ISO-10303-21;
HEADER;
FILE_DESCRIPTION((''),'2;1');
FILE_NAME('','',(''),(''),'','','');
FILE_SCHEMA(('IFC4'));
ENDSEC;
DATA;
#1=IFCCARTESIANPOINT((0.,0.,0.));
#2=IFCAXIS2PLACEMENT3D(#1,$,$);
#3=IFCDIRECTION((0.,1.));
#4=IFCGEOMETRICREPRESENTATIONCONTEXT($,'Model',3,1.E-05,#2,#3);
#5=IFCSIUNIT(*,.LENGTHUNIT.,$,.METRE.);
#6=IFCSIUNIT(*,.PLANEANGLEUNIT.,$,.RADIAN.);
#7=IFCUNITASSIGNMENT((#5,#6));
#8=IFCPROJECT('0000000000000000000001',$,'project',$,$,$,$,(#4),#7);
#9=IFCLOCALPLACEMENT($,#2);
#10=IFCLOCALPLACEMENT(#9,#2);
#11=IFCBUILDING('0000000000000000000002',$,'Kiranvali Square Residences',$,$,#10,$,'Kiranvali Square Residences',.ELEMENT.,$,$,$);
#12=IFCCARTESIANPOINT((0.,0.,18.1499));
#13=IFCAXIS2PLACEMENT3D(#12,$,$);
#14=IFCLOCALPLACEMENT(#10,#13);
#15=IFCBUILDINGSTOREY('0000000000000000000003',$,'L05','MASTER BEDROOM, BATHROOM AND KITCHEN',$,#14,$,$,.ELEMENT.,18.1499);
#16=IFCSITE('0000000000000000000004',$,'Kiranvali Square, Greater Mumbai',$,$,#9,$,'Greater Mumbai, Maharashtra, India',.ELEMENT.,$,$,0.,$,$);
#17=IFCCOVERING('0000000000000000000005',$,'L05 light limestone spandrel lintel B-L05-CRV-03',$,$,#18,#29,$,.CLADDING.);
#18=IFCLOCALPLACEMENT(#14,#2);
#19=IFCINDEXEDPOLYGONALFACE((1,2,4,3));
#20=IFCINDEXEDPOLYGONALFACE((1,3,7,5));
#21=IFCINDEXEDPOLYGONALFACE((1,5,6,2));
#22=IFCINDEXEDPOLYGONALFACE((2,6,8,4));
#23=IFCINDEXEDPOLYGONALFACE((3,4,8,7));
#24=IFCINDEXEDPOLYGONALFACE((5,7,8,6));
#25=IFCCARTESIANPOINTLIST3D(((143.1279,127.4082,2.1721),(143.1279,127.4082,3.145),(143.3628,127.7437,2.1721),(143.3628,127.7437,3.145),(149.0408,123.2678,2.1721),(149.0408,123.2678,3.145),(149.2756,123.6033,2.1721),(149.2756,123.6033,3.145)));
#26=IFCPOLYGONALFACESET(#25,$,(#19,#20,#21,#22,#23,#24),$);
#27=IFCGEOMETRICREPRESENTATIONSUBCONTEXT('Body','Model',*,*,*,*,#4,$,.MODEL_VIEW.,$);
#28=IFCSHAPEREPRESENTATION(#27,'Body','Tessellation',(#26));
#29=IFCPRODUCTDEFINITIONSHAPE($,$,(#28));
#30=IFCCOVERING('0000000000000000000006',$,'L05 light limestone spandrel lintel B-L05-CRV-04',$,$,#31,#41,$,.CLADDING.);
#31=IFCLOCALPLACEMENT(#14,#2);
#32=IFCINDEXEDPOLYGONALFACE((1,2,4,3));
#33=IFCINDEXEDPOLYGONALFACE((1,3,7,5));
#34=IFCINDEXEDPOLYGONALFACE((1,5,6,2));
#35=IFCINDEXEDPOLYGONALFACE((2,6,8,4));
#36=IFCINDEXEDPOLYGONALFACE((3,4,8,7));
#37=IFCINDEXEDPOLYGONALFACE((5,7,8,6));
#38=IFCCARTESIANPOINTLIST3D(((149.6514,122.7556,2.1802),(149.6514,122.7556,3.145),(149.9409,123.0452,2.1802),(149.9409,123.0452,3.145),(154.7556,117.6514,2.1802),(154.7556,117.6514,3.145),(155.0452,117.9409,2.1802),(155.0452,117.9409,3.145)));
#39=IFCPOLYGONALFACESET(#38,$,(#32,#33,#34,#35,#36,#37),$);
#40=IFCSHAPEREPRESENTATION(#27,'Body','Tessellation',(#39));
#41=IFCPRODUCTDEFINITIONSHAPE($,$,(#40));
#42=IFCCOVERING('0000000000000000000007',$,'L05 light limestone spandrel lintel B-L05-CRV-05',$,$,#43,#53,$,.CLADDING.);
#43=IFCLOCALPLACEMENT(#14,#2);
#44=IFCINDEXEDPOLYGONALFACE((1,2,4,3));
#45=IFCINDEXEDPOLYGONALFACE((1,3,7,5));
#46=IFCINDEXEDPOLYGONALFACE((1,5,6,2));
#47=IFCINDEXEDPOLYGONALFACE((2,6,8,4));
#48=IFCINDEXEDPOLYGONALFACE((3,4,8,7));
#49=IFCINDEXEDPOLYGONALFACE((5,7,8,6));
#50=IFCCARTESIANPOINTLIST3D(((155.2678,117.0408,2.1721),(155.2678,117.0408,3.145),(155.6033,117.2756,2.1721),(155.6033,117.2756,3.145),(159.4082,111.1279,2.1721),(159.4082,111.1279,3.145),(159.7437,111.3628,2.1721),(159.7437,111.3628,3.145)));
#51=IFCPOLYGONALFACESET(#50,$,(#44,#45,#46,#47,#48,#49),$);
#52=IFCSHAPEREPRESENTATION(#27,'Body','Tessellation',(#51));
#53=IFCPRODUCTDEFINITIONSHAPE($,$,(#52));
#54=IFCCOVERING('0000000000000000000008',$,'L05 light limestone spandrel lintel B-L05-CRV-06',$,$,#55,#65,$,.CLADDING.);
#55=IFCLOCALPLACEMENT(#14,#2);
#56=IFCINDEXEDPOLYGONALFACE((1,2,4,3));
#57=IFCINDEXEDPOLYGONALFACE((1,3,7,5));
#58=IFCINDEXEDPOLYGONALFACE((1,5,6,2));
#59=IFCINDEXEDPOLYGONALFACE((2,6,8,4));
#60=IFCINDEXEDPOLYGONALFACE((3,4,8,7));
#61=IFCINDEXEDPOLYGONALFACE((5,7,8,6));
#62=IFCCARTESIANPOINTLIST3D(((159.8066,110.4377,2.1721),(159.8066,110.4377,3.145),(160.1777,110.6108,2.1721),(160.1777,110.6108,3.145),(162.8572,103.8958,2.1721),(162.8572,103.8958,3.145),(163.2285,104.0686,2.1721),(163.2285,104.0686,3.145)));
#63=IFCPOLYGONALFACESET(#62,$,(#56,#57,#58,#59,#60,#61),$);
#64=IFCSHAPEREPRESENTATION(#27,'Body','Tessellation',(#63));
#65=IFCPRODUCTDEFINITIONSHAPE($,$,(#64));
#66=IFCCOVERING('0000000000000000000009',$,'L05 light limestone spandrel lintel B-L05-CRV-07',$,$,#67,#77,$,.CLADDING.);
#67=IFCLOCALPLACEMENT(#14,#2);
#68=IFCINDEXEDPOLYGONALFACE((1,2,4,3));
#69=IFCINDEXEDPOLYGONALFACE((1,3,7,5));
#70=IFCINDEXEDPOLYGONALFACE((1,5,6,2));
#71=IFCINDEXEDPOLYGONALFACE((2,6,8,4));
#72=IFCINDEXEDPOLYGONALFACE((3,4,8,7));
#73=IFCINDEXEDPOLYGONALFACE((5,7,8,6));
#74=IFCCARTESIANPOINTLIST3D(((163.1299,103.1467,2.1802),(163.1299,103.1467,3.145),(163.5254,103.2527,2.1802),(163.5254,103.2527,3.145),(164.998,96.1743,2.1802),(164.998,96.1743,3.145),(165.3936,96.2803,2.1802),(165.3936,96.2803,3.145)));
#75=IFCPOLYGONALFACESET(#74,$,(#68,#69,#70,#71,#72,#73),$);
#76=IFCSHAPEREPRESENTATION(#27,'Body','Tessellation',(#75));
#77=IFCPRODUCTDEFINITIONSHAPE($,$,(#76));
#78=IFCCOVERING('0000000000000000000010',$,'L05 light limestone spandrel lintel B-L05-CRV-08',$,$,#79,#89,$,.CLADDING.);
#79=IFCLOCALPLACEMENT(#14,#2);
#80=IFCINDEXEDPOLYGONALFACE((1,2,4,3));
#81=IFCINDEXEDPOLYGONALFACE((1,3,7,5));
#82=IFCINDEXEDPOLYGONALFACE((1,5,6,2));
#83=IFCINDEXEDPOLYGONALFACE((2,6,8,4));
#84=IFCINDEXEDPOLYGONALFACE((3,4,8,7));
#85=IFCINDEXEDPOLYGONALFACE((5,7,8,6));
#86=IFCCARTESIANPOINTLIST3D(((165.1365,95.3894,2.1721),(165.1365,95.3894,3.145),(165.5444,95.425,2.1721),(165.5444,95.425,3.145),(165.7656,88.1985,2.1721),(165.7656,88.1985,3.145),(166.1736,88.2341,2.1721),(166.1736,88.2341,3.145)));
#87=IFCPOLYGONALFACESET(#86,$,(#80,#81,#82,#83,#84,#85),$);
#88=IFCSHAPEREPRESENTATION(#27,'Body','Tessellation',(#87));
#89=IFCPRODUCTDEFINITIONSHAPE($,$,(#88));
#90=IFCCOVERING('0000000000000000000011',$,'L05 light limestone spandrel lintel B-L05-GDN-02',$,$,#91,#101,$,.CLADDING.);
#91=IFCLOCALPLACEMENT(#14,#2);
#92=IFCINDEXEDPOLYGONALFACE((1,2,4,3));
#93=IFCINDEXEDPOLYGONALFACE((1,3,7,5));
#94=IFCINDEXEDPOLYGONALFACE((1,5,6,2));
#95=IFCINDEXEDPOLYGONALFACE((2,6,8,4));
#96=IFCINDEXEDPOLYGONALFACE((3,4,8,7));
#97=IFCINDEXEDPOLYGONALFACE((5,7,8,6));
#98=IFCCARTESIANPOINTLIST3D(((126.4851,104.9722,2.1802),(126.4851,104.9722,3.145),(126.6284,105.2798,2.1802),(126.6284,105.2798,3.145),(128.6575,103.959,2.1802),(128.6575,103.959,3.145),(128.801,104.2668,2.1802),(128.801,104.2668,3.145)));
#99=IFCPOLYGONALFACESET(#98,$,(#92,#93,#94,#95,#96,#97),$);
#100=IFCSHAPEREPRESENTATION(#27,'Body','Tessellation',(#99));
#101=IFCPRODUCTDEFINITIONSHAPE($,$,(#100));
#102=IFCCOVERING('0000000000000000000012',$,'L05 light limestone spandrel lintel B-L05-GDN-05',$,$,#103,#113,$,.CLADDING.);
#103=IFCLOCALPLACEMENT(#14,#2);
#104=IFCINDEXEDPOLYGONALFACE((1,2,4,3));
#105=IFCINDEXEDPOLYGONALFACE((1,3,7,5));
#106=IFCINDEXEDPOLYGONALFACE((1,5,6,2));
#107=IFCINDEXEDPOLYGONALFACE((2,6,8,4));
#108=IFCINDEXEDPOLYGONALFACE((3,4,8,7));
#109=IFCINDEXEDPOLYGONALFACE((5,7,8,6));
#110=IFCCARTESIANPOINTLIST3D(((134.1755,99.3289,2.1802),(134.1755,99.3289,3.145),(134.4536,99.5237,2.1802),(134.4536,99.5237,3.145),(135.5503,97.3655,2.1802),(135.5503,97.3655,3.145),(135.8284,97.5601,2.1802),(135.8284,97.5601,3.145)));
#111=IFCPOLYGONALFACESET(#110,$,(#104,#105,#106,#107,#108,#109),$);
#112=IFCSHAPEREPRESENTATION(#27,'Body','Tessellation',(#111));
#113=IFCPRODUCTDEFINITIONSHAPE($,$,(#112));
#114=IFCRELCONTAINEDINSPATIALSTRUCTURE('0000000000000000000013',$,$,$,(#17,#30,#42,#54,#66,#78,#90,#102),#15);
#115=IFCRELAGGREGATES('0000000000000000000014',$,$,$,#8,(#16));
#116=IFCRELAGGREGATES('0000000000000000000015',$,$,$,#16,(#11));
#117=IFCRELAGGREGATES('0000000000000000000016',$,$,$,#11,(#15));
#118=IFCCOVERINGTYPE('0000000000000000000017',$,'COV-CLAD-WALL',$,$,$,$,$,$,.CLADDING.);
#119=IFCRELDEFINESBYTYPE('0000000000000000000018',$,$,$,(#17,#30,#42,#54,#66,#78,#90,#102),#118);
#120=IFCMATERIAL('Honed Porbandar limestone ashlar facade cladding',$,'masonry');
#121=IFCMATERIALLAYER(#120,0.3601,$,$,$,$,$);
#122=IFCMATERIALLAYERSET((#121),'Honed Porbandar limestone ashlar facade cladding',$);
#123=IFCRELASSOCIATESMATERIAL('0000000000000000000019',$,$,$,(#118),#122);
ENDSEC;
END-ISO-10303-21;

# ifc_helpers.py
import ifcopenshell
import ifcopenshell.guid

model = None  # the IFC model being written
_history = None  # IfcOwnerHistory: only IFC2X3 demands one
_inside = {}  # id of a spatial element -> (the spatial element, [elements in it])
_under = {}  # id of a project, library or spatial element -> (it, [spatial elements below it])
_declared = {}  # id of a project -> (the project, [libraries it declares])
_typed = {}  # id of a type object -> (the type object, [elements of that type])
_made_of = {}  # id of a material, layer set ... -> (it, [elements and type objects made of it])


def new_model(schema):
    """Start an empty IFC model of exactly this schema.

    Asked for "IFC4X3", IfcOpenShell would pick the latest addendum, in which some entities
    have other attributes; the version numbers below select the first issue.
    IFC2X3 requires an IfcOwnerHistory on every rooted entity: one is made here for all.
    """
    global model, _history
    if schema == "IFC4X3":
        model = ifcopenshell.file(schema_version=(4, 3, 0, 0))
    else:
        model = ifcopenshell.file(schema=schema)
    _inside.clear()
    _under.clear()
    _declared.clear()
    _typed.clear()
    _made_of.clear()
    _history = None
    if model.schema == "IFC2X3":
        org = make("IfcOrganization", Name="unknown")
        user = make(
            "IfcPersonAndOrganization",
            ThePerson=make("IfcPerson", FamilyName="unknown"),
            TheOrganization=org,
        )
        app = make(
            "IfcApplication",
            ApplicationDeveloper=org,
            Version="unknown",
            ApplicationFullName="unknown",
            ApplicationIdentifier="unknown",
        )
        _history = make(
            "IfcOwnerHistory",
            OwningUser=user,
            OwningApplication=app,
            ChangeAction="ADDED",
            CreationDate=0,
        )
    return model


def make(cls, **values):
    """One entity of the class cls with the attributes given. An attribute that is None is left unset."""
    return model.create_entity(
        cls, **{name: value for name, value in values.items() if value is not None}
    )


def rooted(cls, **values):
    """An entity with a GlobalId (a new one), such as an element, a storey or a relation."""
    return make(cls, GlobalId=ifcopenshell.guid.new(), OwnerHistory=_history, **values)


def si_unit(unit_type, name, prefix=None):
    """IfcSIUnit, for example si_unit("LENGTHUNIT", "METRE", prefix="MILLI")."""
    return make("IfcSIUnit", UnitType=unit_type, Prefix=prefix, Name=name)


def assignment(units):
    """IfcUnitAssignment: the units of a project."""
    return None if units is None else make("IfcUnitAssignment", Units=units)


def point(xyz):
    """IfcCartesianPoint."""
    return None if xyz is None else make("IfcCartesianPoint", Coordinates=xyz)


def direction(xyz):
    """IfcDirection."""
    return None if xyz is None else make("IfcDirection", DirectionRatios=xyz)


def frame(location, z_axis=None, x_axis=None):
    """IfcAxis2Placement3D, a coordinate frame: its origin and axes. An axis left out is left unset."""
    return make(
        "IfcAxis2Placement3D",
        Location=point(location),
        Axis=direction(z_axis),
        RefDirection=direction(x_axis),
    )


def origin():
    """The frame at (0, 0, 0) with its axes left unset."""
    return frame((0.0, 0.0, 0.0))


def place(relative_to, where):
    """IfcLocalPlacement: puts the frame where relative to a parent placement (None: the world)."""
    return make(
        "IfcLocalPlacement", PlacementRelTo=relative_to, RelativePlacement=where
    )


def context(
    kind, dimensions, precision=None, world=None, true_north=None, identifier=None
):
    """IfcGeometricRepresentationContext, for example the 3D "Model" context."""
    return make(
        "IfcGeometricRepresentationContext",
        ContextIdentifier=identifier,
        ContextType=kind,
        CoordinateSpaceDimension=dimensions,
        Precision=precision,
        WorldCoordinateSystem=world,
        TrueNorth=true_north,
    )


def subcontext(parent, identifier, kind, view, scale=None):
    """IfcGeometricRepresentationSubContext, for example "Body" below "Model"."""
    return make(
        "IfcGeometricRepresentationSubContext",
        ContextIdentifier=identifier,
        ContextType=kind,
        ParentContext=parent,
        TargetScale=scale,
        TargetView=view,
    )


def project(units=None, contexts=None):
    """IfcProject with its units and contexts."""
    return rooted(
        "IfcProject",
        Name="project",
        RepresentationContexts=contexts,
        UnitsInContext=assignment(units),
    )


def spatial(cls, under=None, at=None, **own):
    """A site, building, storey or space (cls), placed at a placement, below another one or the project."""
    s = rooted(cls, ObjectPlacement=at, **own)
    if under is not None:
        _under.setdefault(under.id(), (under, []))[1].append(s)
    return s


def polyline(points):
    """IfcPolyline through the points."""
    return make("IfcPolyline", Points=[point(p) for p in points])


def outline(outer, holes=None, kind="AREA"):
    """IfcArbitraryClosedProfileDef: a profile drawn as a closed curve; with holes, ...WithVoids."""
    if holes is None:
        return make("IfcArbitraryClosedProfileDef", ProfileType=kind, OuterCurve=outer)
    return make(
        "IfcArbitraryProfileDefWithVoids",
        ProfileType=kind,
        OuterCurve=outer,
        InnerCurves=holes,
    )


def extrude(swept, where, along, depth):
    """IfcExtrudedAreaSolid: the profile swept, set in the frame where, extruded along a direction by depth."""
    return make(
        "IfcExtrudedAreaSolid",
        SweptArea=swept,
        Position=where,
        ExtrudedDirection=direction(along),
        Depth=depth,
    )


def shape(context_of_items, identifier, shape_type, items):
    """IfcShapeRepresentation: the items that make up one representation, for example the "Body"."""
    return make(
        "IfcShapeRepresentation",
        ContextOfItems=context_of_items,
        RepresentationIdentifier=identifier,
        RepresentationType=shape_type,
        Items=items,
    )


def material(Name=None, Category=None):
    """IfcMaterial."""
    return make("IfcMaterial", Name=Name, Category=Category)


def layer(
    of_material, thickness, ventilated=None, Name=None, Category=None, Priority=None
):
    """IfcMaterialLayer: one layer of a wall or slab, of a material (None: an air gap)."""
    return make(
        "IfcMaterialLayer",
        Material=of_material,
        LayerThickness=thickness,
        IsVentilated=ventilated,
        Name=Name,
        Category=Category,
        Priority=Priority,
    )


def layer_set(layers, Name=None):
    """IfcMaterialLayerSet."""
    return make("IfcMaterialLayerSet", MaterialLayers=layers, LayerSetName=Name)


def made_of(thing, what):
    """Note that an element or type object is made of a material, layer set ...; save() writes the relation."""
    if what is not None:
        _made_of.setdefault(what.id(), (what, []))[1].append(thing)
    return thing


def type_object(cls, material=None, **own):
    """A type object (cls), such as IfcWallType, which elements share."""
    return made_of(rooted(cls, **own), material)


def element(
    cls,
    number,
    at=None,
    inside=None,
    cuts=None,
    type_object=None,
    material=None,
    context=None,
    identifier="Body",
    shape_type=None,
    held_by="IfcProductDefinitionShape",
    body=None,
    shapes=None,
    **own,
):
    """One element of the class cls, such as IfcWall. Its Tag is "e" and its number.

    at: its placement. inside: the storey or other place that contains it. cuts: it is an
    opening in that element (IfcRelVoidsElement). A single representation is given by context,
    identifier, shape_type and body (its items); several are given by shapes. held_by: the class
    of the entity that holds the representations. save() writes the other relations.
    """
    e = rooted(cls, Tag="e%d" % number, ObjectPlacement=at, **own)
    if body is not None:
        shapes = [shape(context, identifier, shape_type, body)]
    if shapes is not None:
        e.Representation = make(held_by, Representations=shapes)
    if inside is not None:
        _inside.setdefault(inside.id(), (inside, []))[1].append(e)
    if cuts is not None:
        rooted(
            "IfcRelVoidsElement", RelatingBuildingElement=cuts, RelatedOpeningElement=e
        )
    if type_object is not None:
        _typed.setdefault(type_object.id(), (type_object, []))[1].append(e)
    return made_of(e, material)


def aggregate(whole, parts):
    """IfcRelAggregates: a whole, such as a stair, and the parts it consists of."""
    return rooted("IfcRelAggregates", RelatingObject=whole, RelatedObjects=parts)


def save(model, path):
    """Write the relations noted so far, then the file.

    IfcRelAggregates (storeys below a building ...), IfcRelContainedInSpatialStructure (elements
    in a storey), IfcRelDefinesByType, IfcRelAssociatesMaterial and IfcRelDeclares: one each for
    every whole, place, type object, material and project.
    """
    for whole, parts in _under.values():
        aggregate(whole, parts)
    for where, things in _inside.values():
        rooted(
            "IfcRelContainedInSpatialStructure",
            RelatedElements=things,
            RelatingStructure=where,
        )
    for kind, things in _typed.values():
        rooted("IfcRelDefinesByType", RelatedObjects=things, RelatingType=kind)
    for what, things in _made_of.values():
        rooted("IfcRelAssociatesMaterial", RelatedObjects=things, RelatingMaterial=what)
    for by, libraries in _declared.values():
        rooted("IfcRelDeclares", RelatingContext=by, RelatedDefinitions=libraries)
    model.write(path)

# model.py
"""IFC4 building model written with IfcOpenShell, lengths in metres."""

from ifc_helpers import new_model, si_unit, direction, frame, origin, place, context, subcontext, project, spatial, polyline, outline, extrude, material, layer, layer_set, type_object, element, save


model = new_model("IFC4")

# Units and contexts
model_context = context("Model", 3, precision=1e-05, world=origin(), true_north=direction((0.0, 1.0)))
body_context = subcontext(model_context, "Body", "Model", "MODEL_VIEW")
ifc_project = project(units=[si_unit("LENGTHUNIT", "METRE"), si_unit("PLANEANGLEUNIT", "RADIAN")], contexts=[model_context])

# Site, building, storey
site_placement = place(None, origin())
site = spatial("IfcSite", under=ifc_project, at=site_placement, Name="Kiranvali Square, Greater Mumbai", LongName="Greater Mumbai, Maharashtra, India", CompositionType="ELEMENT", RefElevation=0.0)
building_placement = place(site_placement, origin())
building = spatial("IfcBuilding", under=site, at=building_placement, Name="Kiranvali Square Residences", LongName="Kiranvali Square Residences", CompositionType="ELEMENT")
storey_placement = place(building_placement, frame((0.0, 0.0, 18.1499)))
storey = spatial("IfcBuildingStorey", under=building, at=storey_placement, Name="L05", Description="MASTER BEDROOM, BATHROOM AND KITCHEN", CompositionType="ELEMENT", Elevation=18.1499)

# Coverings
ifc_material = material(Name="Honed Porbandar limestone ashlar facade cladding", Category="masonry")
ifc_layer_1 = layer(ifc_material, 0.3601)
ifc_layer_set_1 = layer_set([ifc_layer_1], Name="Honed Porbandar limestone ashlar facade cladding")
covering_type_1 = type_object("IfcCoveringType", Name="COV-CLAD-WALL", PredefinedType="CLADDING", material=ifc_layer_set_1)
covering_1_placement = place(storey_placement, frame((0.0, 0.0, 2.1721)))
element("IfcCovering", 1, at=covering_1_placement, inside=storey, type_object=covering_type_1, Name="L05 light limestone spandrel lintel B-L05-CRV-03", PredefinedType="CLADDING", context=body_context, shape_type="SweptSolid", body=[
    extrude(outline(polyline([(143.1279, 127.4082), (149.0408, 123.2678), (149.2756, 123.6033), (143.3628, 127.7437), (143.1279, 127.4082)])), origin(), (0.0, 0.0, 1.0), 0.9729),
])
covering_2_placement = place(storey_placement, frame((0.0, 0.0, 2.1802)))
element("IfcCovering", 2, at=covering_2_placement, inside=storey, type_object=covering_type_1, Name="L05 light limestone spandrel lintel B-L05-CRV-04", PredefinedType="CLADDING", context=body_context, shape_type="SweptSolid", body=[
    extrude(outline(polyline([(149.6514, 122.7556), (154.7556, 117.6514), (155.0452, 117.9409), (149.9409, 123.0452), (149.6514, 122.7556)])), origin(), (0.0, 0.0, 1.0), 0.9648),
])
covering_3_placement = place(storey_placement, frame((0.0, 0.0, 2.1721)))
element("IfcCovering", 3, at=covering_3_placement, inside=storey, type_object=covering_type_1, Name="L05 light limestone spandrel lintel B-L05-CRV-05", PredefinedType="CLADDING", context=body_context, shape_type="SweptSolid", body=[
    extrude(outline(polyline([(155.2678, 117.0408), (159.4082, 111.1279), (159.7437, 111.3628), (155.6033, 117.2756), (155.2678, 117.0408)])), origin(), (0.0, 0.0, 1.0), 0.9729),
])
covering_4_placement = place(storey_placement, frame((0.0, 0.0, 2.1721)))
element("IfcCovering", 4, at=covering_4_placement, inside=storey, type_object=covering_type_1, Name="L05 light limestone spandrel lintel B-L05-CRV-06", PredefinedType="CLADDING", context=body_context, shape_type="SweptSolid", body=[
    extrude(outline(polyline([(159.8066, 110.4377), (162.8572, 103.8958), (163.2285, 104.0686), (160.1777, 110.6108), (159.8066, 110.4377)])), origin(), (0.0, 0.0, 1.0), 0.9729),
])
covering_5_placement = place(storey_placement, frame((0.0, 0.0, 2.1802)))
element("IfcCovering", 5, at=covering_5_placement, inside=storey, type_object=covering_type_1, Name="L05 light limestone spandrel lintel B-L05-CRV-07", PredefinedType="CLADDING", context=body_context, shape_type="SweptSolid", body=[
    extrude(outline(polyline([(163.1299, 103.1467), (164.998, 96.1743), (165.3936, 96.2803), (163.5254, 103.2527), (163.1299, 103.1467)])), origin(), (0.0, 0.0, 1.0), 0.9648),
])
covering_6_placement = place(storey_placement, frame((0.0, 0.0, 2.1721)))
element("IfcCovering", 6, at=covering_6_placement, inside=storey, type_object=covering_type_1, Name="L05 light limestone spandrel lintel B-L05-CRV-08", PredefinedType="CLADDING", context=body_context, shape_type="SweptSolid", body=[
    extrude(outline(polyline([(165.1365, 95.3894), (165.7656, 88.1985), (166.1736, 88.2341), (165.5444, 95.425), (165.1365, 95.3894)])), origin(), (0.0, 0.0, 1.0), 0.9729),
])
covering_7_placement = place(storey_placement, frame((0.0, 0.0, 2.1802)))
element("IfcCovering", 7, at=covering_7_placement, inside=storey, type_object=covering_type_1, Name="L05 light limestone spandrel lintel B-L05-GDN-02", PredefinedType="CLADDING", context=body_context, shape_type="SweptSolid", body=[
    extrude(outline(polyline([(126.4851, 104.9722), (128.6575, 103.959), (128.801, 104.2668), (126.6284, 105.2798), (126.4851, 104.9722)])), origin(), (0.0, 0.0, 1.0), 0.9648),
])
covering_8_placement = place(storey_placement, frame((0.0, 0.0, 2.1802)))
element("IfcCovering", 8, at=covering_8_placement, inside=storey, type_object=covering_type_1, Name="L05 light limestone spandrel lintel B-L05-GDN-05", PredefinedType="CLADDING", context=body_context, shape_type="SweptSolid", body=[
    extrude(outline(polyline([(134.1755, 99.3289), (135.5503, 97.3655), (135.8284, 97.5601), (134.4536, 99.5237), (134.1755, 99.3289)])), origin(), (0.0, 0.0, 1.0), 0.9648),
])

save(model, "model.ifc")
